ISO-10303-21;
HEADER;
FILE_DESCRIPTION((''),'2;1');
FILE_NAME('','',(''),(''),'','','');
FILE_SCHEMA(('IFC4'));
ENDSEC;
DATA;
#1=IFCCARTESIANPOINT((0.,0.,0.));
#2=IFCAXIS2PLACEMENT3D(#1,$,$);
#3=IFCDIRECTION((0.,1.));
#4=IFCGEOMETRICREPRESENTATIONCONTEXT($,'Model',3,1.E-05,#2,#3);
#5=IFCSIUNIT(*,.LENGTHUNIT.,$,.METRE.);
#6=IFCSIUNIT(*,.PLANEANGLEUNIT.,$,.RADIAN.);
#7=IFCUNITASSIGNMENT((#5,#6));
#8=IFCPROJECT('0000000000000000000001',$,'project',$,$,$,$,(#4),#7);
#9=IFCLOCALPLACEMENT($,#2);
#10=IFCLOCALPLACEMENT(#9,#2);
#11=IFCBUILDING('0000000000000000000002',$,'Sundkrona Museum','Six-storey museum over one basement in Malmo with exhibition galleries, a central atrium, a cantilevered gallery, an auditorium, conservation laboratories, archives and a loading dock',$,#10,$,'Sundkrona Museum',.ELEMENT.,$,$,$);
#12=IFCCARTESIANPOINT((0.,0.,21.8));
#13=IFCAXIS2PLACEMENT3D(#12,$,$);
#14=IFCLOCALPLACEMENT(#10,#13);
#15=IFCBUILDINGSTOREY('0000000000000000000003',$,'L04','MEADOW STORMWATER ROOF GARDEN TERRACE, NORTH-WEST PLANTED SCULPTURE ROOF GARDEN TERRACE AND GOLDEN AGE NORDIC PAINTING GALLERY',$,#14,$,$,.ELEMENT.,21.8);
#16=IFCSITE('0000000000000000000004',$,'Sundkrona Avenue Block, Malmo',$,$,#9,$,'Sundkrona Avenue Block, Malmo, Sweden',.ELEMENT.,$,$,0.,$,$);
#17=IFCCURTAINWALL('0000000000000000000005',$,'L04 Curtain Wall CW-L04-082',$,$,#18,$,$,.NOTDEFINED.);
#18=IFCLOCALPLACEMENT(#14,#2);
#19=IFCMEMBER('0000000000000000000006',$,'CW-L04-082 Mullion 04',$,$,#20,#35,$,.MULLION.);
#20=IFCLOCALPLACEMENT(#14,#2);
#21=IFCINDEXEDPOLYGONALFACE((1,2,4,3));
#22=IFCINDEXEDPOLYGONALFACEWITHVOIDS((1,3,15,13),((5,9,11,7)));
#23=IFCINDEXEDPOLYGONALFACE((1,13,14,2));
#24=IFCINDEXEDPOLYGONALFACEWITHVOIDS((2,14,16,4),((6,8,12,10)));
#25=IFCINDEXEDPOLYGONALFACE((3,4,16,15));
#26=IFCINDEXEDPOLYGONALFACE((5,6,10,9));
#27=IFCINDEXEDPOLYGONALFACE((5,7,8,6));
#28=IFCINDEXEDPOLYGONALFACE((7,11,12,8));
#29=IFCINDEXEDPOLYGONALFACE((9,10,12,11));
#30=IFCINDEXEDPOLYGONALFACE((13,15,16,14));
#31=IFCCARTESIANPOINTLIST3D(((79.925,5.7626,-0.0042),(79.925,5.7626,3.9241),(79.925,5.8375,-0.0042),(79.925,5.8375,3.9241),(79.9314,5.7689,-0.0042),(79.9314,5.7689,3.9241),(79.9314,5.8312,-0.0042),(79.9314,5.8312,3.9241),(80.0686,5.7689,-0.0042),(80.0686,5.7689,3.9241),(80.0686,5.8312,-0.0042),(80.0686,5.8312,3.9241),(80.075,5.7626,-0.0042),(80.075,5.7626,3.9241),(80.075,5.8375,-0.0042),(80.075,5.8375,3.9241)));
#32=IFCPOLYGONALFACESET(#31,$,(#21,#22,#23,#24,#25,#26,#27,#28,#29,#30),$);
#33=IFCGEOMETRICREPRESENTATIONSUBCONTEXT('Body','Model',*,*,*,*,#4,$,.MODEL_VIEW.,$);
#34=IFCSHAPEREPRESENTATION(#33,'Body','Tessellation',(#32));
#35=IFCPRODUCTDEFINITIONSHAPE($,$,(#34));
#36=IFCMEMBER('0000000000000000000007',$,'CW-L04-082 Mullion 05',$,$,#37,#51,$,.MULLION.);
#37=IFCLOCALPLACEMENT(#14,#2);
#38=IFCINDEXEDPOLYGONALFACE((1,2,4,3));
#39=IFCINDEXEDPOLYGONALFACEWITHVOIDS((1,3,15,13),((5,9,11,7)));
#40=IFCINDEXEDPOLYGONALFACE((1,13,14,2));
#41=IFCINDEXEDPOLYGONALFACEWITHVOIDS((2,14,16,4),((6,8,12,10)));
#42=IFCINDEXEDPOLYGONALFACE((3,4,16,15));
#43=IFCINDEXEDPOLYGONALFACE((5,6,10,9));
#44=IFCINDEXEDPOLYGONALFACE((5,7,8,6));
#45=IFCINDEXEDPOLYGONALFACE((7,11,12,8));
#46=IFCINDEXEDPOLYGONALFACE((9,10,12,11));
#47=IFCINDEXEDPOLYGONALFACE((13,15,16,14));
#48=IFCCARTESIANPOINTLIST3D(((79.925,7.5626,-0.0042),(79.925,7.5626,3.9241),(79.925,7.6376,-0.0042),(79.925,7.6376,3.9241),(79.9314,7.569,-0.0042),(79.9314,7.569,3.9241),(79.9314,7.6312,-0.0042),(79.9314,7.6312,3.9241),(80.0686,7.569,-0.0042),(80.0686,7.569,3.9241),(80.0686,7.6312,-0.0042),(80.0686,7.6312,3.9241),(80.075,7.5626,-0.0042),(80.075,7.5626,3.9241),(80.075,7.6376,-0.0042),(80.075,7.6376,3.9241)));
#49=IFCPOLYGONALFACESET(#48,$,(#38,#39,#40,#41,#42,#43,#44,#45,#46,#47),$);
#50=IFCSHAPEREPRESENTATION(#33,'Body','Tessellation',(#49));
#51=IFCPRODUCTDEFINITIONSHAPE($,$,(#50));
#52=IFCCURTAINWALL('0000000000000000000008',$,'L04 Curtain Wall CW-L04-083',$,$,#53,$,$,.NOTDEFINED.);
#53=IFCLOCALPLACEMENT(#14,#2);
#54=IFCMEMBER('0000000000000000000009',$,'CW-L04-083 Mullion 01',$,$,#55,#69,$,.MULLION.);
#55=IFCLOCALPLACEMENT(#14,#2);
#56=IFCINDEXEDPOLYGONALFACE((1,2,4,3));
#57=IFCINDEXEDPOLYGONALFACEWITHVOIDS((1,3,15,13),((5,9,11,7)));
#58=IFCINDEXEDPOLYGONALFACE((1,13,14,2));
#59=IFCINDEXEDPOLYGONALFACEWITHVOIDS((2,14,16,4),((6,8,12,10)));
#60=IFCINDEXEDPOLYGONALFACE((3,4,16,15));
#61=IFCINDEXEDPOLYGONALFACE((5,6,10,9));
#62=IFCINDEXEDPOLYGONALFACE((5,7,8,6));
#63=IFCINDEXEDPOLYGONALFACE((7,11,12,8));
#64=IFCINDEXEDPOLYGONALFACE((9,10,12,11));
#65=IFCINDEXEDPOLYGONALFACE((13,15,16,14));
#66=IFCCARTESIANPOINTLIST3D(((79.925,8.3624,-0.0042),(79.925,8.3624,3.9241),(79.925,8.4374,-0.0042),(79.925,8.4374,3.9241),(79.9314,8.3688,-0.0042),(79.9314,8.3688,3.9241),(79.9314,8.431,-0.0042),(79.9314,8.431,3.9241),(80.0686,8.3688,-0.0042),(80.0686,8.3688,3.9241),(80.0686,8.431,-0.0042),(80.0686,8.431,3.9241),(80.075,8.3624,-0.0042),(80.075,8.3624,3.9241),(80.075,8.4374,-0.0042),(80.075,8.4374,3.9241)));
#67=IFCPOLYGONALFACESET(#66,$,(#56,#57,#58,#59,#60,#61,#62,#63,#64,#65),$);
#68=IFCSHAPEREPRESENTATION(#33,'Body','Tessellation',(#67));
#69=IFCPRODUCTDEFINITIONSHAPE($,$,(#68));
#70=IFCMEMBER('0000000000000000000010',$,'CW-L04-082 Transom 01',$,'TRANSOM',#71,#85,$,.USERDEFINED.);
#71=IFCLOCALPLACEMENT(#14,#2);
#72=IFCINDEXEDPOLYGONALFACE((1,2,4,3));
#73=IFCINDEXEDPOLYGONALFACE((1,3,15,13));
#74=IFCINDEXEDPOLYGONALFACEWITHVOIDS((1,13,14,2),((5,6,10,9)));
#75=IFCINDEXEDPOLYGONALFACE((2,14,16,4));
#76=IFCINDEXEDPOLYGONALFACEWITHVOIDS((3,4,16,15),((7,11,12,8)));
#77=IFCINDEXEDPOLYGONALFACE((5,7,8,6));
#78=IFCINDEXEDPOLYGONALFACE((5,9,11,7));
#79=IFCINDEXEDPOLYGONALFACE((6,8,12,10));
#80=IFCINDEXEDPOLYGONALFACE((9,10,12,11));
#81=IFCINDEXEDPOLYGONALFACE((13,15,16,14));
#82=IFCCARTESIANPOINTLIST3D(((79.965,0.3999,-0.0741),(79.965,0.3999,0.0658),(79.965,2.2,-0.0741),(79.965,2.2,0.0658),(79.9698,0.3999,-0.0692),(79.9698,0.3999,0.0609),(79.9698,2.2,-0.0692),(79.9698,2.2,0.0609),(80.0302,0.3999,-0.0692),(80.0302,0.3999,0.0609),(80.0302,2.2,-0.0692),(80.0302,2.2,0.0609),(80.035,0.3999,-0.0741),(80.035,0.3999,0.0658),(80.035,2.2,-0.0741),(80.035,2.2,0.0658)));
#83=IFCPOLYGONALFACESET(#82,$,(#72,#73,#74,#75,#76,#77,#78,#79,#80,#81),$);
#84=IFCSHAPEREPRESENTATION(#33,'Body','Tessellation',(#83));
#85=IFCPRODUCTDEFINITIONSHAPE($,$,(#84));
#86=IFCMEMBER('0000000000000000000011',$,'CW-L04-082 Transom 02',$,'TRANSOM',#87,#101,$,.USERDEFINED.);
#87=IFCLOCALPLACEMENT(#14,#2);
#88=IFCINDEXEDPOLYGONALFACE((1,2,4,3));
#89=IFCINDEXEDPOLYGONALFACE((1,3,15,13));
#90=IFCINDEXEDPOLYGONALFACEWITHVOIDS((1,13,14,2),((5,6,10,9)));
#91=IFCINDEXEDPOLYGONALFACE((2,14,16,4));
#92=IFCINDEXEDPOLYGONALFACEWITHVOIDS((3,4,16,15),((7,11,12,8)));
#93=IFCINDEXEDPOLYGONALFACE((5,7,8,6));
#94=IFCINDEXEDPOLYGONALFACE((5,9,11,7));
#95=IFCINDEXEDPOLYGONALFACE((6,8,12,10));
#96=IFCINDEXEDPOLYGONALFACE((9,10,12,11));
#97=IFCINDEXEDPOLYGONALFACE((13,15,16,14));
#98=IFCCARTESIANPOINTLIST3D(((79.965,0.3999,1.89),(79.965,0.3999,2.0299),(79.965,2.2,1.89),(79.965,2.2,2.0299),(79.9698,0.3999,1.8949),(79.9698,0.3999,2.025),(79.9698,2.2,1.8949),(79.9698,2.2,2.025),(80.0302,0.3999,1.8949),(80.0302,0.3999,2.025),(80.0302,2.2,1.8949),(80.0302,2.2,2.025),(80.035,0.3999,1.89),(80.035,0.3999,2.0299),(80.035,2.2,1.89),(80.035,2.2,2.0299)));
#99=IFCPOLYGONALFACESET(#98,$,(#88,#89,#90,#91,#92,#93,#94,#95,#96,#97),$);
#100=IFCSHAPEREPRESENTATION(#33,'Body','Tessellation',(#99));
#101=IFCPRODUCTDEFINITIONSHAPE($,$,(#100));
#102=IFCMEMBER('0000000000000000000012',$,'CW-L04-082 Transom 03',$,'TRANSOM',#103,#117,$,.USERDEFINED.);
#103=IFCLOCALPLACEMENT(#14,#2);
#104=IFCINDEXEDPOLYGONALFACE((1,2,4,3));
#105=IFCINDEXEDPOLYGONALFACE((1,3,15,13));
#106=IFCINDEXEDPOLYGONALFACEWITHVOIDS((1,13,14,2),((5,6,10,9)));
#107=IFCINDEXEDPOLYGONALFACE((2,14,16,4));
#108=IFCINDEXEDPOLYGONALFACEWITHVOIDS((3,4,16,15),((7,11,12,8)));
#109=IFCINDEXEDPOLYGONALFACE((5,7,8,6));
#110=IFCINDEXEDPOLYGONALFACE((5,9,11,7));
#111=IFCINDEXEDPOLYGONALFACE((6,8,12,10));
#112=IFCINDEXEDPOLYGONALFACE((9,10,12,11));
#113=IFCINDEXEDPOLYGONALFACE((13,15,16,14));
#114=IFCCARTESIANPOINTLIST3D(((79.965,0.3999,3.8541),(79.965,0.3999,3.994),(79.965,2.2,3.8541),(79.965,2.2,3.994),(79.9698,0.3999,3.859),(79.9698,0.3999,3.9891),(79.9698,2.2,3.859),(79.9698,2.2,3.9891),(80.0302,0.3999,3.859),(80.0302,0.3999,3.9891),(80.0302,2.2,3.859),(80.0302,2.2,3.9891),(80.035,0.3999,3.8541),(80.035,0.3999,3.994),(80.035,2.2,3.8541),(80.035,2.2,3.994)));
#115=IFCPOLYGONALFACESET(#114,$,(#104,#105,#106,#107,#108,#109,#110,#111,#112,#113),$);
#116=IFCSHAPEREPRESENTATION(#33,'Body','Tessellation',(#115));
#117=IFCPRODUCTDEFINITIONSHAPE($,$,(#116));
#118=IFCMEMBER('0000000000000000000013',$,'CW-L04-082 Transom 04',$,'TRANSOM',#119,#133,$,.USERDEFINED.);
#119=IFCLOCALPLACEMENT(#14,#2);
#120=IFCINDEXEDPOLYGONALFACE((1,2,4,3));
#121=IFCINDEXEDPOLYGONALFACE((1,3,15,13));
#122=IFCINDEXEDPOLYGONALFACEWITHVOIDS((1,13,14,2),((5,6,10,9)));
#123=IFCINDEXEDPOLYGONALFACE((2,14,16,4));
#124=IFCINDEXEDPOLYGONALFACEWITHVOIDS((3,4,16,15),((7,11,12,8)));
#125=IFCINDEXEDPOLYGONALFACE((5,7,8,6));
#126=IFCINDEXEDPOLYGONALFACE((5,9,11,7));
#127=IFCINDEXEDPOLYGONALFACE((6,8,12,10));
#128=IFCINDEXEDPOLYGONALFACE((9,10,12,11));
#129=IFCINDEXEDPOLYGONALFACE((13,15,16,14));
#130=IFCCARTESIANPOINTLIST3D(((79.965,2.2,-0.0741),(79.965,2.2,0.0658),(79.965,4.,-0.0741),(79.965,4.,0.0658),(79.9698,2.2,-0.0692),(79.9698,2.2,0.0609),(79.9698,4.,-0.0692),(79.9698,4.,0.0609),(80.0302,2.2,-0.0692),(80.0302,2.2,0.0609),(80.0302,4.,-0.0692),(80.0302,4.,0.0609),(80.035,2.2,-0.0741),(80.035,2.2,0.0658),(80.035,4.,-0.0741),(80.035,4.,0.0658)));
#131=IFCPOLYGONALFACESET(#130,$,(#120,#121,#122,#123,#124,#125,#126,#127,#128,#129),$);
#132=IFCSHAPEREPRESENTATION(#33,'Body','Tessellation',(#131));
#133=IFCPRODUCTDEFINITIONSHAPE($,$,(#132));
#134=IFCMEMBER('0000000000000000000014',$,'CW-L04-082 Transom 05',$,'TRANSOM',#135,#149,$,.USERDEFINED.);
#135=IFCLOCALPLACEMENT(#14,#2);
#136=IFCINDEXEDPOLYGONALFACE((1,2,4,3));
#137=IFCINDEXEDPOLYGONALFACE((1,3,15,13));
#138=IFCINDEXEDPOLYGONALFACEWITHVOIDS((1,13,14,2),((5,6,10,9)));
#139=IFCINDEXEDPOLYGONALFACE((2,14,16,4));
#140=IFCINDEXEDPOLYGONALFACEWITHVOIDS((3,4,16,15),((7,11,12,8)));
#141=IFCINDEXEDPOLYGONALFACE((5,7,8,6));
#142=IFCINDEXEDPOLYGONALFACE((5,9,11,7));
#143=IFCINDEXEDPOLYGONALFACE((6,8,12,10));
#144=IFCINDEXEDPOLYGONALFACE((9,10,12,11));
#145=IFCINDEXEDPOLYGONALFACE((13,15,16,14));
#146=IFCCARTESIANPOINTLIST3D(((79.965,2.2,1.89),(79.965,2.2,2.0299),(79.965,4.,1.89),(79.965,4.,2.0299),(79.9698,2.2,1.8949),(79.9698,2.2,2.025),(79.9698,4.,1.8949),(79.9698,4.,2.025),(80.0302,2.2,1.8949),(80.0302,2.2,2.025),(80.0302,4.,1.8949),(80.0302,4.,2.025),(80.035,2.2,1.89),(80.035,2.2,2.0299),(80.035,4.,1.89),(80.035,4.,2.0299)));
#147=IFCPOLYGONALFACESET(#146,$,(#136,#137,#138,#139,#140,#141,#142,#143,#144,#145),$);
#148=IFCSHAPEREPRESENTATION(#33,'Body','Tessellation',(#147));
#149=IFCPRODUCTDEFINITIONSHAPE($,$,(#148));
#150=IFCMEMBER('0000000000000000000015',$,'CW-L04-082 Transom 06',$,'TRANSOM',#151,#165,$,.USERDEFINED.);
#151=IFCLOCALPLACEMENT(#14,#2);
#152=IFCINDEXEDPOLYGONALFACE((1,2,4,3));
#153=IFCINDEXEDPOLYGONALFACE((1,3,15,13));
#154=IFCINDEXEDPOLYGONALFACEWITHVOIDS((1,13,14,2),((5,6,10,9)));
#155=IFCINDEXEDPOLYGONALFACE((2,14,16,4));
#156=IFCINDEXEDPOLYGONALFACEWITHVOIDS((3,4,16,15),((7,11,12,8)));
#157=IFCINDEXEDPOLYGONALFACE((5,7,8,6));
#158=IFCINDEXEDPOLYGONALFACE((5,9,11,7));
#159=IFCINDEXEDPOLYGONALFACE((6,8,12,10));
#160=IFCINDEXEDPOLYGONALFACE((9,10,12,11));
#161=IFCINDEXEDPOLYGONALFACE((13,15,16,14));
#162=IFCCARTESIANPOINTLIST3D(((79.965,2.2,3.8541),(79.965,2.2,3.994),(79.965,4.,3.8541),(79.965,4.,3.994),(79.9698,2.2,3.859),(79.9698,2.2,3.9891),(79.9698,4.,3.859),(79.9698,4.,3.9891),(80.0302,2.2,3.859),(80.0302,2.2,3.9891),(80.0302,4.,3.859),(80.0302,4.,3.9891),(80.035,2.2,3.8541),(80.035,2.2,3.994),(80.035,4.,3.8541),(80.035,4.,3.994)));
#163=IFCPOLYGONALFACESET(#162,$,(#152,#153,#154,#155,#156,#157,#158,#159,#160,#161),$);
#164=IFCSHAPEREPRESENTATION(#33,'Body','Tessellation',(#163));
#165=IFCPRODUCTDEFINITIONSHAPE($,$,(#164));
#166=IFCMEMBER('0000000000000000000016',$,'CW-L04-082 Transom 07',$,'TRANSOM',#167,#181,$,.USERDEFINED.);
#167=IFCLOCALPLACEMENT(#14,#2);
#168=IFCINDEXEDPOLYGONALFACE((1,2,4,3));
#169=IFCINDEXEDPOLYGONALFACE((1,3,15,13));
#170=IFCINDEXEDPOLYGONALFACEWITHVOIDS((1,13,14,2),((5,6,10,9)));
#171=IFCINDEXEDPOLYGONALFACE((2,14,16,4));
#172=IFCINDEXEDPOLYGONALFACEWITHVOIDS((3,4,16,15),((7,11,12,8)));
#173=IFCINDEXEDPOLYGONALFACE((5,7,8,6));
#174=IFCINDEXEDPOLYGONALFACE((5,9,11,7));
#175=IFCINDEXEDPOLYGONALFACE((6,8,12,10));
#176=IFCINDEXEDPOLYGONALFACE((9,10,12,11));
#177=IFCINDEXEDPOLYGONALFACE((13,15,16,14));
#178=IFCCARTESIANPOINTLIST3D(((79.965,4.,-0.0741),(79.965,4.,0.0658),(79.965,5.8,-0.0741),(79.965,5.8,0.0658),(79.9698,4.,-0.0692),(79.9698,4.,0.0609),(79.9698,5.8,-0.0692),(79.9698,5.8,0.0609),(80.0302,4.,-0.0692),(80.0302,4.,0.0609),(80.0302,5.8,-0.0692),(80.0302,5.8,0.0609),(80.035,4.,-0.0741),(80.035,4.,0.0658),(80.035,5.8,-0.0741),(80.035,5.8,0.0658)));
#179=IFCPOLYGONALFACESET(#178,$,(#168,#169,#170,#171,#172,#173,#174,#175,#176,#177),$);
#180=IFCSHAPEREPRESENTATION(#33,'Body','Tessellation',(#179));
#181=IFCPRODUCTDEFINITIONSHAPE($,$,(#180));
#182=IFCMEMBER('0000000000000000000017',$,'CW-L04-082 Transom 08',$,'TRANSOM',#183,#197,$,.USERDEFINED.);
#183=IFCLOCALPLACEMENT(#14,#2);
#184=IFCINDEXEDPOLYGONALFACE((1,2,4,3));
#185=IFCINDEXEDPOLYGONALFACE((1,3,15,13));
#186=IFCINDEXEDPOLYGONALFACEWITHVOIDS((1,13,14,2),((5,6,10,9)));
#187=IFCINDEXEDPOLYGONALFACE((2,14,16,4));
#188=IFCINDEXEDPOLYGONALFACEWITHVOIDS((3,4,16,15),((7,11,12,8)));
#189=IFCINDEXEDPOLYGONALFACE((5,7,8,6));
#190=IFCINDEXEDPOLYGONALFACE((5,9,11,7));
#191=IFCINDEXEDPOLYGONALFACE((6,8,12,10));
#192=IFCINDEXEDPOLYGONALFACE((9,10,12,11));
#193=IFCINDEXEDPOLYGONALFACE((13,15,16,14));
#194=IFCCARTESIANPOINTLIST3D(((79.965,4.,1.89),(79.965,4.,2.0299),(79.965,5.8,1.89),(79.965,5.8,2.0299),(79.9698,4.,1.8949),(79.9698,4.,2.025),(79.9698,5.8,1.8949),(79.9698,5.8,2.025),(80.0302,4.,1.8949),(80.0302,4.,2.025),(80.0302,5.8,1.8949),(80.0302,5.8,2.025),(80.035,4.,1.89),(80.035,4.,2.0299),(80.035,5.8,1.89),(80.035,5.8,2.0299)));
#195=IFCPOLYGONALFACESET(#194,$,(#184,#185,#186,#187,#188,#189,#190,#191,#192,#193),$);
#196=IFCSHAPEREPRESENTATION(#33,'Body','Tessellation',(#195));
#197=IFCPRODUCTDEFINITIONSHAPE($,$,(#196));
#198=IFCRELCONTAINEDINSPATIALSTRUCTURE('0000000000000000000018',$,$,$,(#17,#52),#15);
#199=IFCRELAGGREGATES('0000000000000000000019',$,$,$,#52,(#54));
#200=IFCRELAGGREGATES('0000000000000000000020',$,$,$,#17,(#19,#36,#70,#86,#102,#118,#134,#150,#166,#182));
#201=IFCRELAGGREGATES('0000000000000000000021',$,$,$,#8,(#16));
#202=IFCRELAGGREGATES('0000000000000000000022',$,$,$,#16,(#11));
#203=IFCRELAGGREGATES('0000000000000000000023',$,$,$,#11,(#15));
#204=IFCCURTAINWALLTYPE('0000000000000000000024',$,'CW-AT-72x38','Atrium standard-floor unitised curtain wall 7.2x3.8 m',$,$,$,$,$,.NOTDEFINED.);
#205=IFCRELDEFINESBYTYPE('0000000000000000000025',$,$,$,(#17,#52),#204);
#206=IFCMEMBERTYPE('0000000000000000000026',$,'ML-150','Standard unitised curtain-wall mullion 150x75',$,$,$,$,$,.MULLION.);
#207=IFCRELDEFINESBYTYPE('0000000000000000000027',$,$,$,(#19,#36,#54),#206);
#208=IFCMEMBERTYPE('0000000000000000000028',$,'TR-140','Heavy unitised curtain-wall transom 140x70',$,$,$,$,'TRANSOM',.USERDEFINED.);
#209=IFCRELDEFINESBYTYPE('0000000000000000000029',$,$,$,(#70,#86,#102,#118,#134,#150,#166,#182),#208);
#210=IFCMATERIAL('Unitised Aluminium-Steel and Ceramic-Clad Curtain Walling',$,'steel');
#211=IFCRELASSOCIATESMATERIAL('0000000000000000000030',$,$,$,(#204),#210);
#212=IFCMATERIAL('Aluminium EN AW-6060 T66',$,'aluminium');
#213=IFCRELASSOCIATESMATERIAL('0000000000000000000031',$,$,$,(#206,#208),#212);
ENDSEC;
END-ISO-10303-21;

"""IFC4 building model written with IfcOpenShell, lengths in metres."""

from ifc_helpers import new_model, si_unit, direction, frame, origin, origin_2d, place, context, subcontext, project, spatial, hollow_rectangle, extrude, material, material_profile, profile_set, type_object, element, aggregate, save


model = new_model("IFC4")

# Units and contexts
model_context = context("Model", 3, precision=1e-05, world=origin(), true_north=direction((0.0, 1.0)))
body_context = subcontext(model_context, "Body", "Model", "MODEL_VIEW")
ifc_project = project(units=[si_unit("LENGTHUNIT", "METRE"), si_unit("PLANEANGLEUNIT", "RADIAN")], contexts=[model_context])

# Site, building, storey
site_placement = place(None, origin())
site = spatial("IfcSite", under=ifc_project, at=site_placement, Name="Sundkrona Avenue Block, Malmo", LongName="Sundkrona Avenue Block, Malmo, Sweden", CompositionType="ELEMENT", RefElevation=0.0)
building_placement = place(site_placement, origin())
building = spatial("IfcBuilding", under=site, at=building_placement, Name="Sundkrona Museum", Description="Six-storey museum over one basement in Malmo with exhibition galleries, a central atrium, a cantilevered gallery, an auditorium, conservation laboratories, archives and a loading dock", LongName="Sundkrona Museum", CompositionType="ELEMENT")
storey_placement = place(building_placement, frame((0.0, 0.0, 21.8)))
storey = spatial("IfcBuildingStorey", under=building, at=storey_placement, Name="L04", Description="MEADOW STORMWATER ROOF GARDEN TERRACE, NORTH-WEST PLANTED SCULPTURE ROOF GARDEN TERRACE AND GOLDEN AGE NORDIC PAINTING GALLERY", CompositionType="ELEMENT", Elevation=21.8)

# Curtain wall, members
ifc_material_1 = material(Name="Unitised Aluminium-Steel and Ceramic-Clad Curtain Walling", Category="steel")
curtain_wall_type = type_object("IfcCurtainWallType", Name="CW-AT-72x38", Description="Atrium standard-floor unitised curtain wall 7.2x3.8 m", PredefinedType="NOTDEFINED", material=ifc_material_1)
curtain_wall_1_placement = place(storey_placement, origin())
curtain_wall_1 = element("IfcCurtainWall", 1, at=curtain_wall_1_placement, inside=storey, type_object=curtain_wall_type, Name="L04 Curtain Wall CW-L04-082", PredefinedType="NOTDEFINED")
ifc_material_2 = material(Name="Aluminium EN AW-6060 T66", Category="aluminium")
ifc_material_profile_1 = material_profile(ifc_material_2, hollow_rectangle(XDim=0.075, YDim=0.1499, WallThickness=0.0063, at=origin_2d()), Name="RHS 150x75x6.3")
ifc_profile_set_1 = profile_set([ifc_material_profile_1], Name="Aluminium EN AW-6060 T66")
member_type_1 = type_object("IfcMemberType", Name="ML-150", Description="Standard unitised curtain-wall mullion 150x75", PredefinedType="MULLION", material=ifc_profile_set_1)
member_1_placement = place(storey_placement, frame((80.0, 5.8, -0.0042), z_axis=(0.0, 0.0, 1.0), x_axis=(0.0, 1.0, 0.0)))
member_1 = element("IfcMember", 2, at=member_1_placement, type_object=member_type_1, Name="CW-L04-082 Mullion 04", PredefinedType="MULLION", context=body_context, shape_type="SweptSolid", body=[
    extrude(hollow_rectangle(XDim=0.075, YDim=0.1499, WallThickness=0.0063, at=origin_2d()), origin(), (0.0, 0.0, 1.0), 3.9282),
])
member_2_placement = place(storey_placement, frame((80.0, 7.6001, -0.0042), z_axis=(0.0, 0.0, 1.0), x_axis=(0.0, 1.0, 0.0)))
member_2 = element("IfcMember", 3, at=member_2_placement, type_object=member_type_1, Name="CW-L04-082 Mullion 05", PredefinedType="MULLION", context=body_context, shape_type="SweptSolid", body=[
    extrude(hollow_rectangle(XDim=0.075, YDim=0.1499, WallThickness=0.0063, at=origin_2d()), origin(), (0.0, 0.0, 1.0), 3.9282),
])

# Curtain wall, member
curtain_wall_2_placement = place(storey_placement, origin())
curtain_wall_2 = element("IfcCurtainWall", 4, at=curtain_wall_2_placement, inside=storey, type_object=curtain_wall_type, Name="L04 Curtain Wall CW-L04-083", PredefinedType="NOTDEFINED")
member_3_placement = place(storey_placement, frame((80.0, 8.3999, -0.0042), z_axis=(0.0, 0.0, 1.0), x_axis=(0.0, 1.0, 0.0)))
member_3 = element("IfcMember", 5, at=member_3_placement, type_object=member_type_1, Name="CW-L04-083 Mullion 01", PredefinedType="MULLION", context=body_context, shape_type="SweptSolid", body=[
    extrude(hollow_rectangle(XDim=0.075, YDim=0.1499, WallThickness=0.0063, at=origin_2d()), origin(), (0.0, 0.0, 1.0), 3.9282),
])

# Members
ifc_material_profile_2 = material_profile(ifc_material_2, hollow_rectangle(XDim=0.0701, YDim=0.1399, WallThickness=0.0049, at=origin_2d()), Name="RHS 140x70x5.0")
ifc_profile_set_2 = profile_set([ifc_material_profile_2], Name="Aluminium EN AW-6060 T66")
member_type_2 = type_object("IfcMemberType", Name="TR-140", Description="Heavy unitised curtain-wall transom 140x70", ElementType="TRANSOM", PredefinedType="USERDEFINED", material=ifc_profile_set_2)
member_4_placement = place(storey_placement, frame((80.0, 0.3999, -0.0042), z_axis=(0.0, 1.0, 0.0), x_axis=(-1.0, 0.0, 0.0)))
member_4 = element("IfcMember", 6, at=member_4_placement, type_object=member_type_2, Name="CW-L04-082 Transom 01", ObjectType="TRANSOM", PredefinedType="USERDEFINED", context=body_context, shape_type="SweptSolid", body=[
    extrude(hollow_rectangle(XDim=0.0701, YDim=0.1399, WallThickness=0.0049, at=origin_2d()), origin(), (0.0, 0.0, 1.0), 1.8),
])
member_5_placement = place(storey_placement, frame((80.0, 0.3999, 1.96), z_axis=(0.0, 1.0, 0.0), x_axis=(-1.0, 0.0, 0.0)))
member_5 = element("IfcMember", 7, at=member_5_placement, type_object=member_type_2, Name="CW-L04-082 Transom 02", ObjectType="TRANSOM", PredefinedType="USERDEFINED", context=body_context, shape_type="SweptSolid", body=[
    extrude(hollow_rectangle(XDim=0.0701, YDim=0.1399, WallThickness=0.0049, at=origin_2d()), origin(), (0.0, 0.0, 1.0), 1.8),
])
member_6_placement = place(storey_placement, frame((80.0, 0.3999, 3.9241), z_axis=(0.0, 1.0, 0.0), x_axis=(-1.0, 0.0, 0.0)))
member_6 = element("IfcMember", 8, at=member_6_placement, type_object=member_type_2, Name="CW-L04-082 Transom 03", ObjectType="TRANSOM", PredefinedType="USERDEFINED", context=body_context, shape_type="SweptSolid", body=[
    extrude(hollow_rectangle(XDim=0.0701, YDim=0.1399, WallThickness=0.0049, at=origin_2d()), origin(), (0.0, 0.0, 1.0), 1.8),
])
member_7_placement = place(storey_placement, frame((80.0, 2.2, -0.0042), z_axis=(0.0, 1.0, 0.0), x_axis=(-1.0, 0.0, 0.0)))
member_7 = element("IfcMember", 9, at=member_7_placement, type_object=member_type_2, Name="CW-L04-082 Transom 04", ObjectType="TRANSOM", PredefinedType="USERDEFINED", context=body_context, shape_type="SweptSolid", body=[
    extrude(hollow_rectangle(XDim=0.0701, YDim=0.1399, WallThickness=0.0049, at=origin_2d()), origin(), (0.0, 0.0, 1.0), 1.8),
])
member_8_placement = place(storey_placement, frame((80.0, 2.2, 1.96), z_axis=(0.0, 1.0, 0.0), x_axis=(-1.0, 0.0, 0.0)))
member_8 = element("IfcMember", 10, at=member_8_placement, type_object=member_type_2, Name="CW-L04-082 Transom 05", ObjectType="TRANSOM", PredefinedType="USERDEFINED", context=body_context, shape_type="SweptSolid", body=[
    extrude(hollow_rectangle(XDim=0.0701, YDim=0.1399, WallThickness=0.0049, at=origin_2d()), origin(), (0.0, 0.0, 1.0), 1.8),
])
member_9_placement = place(storey_placement, frame((80.0, 2.2, 3.9241), z_axis=(0.0, 1.0, 0.0), x_axis=(-1.0, 0.0, 0.0)))
member_9 = element("IfcMember", 11, at=member_9_placement, type_object=member_type_2, Name="CW-L04-082 Transom 06", ObjectType="TRANSOM", PredefinedType="USERDEFINED", context=body_context, shape_type="SweptSolid", body=[
    extrude(hollow_rectangle(XDim=0.0701, YDim=0.1399, WallThickness=0.0049, at=origin_2d()), origin(), (0.0, 0.0, 1.0), 1.8),
])
member_10_placement = place(storey_placement, frame((80.0, 4.0, -0.0042), z_axis=(0.0, 1.0, 0.0), x_axis=(-1.0, 0.0, 0.0)))
member_10 = element("IfcMember", 12, at=member_10_placement, type_object=member_type_2, Name="CW-L04-082 Transom 07", ObjectType="TRANSOM", PredefinedType="USERDEFINED", context=body_context, shape_type="SweptSolid", body=[
    extrude(hollow_rectangle(XDim=0.0701, YDim=0.1399, WallThickness=0.0049, at=origin_2d()), origin(), (0.0, 0.0, 1.0), 1.8),
])
member_11_placement = place(storey_placement, frame((80.0, 4.0, 1.96), z_axis=(0.0, 1.0, 0.0), x_axis=(-1.0, 0.0, 0.0)))
member_11 = element("IfcMember", 13, at=member_11_placement, type_object=member_type_2, Name="CW-L04-082 Transom 08", ObjectType="TRANSOM", PredefinedType="USERDEFINED", context=body_context, shape_type="SweptSolid", body=[
    extrude(hollow_rectangle(XDim=0.0701, YDim=0.1399, WallThickness=0.0049, at=origin_2d()), origin(), (0.0, 0.0, 1.0), 1.8),
])
aggregate(curtain_wall_2, [member_3])

aggregate(curtain_wall_1, [member_1, member_2, member_4, member_5, member_6, member_7, member_8, member_9, member_10, member_11])

save(model, "model.ifc")
